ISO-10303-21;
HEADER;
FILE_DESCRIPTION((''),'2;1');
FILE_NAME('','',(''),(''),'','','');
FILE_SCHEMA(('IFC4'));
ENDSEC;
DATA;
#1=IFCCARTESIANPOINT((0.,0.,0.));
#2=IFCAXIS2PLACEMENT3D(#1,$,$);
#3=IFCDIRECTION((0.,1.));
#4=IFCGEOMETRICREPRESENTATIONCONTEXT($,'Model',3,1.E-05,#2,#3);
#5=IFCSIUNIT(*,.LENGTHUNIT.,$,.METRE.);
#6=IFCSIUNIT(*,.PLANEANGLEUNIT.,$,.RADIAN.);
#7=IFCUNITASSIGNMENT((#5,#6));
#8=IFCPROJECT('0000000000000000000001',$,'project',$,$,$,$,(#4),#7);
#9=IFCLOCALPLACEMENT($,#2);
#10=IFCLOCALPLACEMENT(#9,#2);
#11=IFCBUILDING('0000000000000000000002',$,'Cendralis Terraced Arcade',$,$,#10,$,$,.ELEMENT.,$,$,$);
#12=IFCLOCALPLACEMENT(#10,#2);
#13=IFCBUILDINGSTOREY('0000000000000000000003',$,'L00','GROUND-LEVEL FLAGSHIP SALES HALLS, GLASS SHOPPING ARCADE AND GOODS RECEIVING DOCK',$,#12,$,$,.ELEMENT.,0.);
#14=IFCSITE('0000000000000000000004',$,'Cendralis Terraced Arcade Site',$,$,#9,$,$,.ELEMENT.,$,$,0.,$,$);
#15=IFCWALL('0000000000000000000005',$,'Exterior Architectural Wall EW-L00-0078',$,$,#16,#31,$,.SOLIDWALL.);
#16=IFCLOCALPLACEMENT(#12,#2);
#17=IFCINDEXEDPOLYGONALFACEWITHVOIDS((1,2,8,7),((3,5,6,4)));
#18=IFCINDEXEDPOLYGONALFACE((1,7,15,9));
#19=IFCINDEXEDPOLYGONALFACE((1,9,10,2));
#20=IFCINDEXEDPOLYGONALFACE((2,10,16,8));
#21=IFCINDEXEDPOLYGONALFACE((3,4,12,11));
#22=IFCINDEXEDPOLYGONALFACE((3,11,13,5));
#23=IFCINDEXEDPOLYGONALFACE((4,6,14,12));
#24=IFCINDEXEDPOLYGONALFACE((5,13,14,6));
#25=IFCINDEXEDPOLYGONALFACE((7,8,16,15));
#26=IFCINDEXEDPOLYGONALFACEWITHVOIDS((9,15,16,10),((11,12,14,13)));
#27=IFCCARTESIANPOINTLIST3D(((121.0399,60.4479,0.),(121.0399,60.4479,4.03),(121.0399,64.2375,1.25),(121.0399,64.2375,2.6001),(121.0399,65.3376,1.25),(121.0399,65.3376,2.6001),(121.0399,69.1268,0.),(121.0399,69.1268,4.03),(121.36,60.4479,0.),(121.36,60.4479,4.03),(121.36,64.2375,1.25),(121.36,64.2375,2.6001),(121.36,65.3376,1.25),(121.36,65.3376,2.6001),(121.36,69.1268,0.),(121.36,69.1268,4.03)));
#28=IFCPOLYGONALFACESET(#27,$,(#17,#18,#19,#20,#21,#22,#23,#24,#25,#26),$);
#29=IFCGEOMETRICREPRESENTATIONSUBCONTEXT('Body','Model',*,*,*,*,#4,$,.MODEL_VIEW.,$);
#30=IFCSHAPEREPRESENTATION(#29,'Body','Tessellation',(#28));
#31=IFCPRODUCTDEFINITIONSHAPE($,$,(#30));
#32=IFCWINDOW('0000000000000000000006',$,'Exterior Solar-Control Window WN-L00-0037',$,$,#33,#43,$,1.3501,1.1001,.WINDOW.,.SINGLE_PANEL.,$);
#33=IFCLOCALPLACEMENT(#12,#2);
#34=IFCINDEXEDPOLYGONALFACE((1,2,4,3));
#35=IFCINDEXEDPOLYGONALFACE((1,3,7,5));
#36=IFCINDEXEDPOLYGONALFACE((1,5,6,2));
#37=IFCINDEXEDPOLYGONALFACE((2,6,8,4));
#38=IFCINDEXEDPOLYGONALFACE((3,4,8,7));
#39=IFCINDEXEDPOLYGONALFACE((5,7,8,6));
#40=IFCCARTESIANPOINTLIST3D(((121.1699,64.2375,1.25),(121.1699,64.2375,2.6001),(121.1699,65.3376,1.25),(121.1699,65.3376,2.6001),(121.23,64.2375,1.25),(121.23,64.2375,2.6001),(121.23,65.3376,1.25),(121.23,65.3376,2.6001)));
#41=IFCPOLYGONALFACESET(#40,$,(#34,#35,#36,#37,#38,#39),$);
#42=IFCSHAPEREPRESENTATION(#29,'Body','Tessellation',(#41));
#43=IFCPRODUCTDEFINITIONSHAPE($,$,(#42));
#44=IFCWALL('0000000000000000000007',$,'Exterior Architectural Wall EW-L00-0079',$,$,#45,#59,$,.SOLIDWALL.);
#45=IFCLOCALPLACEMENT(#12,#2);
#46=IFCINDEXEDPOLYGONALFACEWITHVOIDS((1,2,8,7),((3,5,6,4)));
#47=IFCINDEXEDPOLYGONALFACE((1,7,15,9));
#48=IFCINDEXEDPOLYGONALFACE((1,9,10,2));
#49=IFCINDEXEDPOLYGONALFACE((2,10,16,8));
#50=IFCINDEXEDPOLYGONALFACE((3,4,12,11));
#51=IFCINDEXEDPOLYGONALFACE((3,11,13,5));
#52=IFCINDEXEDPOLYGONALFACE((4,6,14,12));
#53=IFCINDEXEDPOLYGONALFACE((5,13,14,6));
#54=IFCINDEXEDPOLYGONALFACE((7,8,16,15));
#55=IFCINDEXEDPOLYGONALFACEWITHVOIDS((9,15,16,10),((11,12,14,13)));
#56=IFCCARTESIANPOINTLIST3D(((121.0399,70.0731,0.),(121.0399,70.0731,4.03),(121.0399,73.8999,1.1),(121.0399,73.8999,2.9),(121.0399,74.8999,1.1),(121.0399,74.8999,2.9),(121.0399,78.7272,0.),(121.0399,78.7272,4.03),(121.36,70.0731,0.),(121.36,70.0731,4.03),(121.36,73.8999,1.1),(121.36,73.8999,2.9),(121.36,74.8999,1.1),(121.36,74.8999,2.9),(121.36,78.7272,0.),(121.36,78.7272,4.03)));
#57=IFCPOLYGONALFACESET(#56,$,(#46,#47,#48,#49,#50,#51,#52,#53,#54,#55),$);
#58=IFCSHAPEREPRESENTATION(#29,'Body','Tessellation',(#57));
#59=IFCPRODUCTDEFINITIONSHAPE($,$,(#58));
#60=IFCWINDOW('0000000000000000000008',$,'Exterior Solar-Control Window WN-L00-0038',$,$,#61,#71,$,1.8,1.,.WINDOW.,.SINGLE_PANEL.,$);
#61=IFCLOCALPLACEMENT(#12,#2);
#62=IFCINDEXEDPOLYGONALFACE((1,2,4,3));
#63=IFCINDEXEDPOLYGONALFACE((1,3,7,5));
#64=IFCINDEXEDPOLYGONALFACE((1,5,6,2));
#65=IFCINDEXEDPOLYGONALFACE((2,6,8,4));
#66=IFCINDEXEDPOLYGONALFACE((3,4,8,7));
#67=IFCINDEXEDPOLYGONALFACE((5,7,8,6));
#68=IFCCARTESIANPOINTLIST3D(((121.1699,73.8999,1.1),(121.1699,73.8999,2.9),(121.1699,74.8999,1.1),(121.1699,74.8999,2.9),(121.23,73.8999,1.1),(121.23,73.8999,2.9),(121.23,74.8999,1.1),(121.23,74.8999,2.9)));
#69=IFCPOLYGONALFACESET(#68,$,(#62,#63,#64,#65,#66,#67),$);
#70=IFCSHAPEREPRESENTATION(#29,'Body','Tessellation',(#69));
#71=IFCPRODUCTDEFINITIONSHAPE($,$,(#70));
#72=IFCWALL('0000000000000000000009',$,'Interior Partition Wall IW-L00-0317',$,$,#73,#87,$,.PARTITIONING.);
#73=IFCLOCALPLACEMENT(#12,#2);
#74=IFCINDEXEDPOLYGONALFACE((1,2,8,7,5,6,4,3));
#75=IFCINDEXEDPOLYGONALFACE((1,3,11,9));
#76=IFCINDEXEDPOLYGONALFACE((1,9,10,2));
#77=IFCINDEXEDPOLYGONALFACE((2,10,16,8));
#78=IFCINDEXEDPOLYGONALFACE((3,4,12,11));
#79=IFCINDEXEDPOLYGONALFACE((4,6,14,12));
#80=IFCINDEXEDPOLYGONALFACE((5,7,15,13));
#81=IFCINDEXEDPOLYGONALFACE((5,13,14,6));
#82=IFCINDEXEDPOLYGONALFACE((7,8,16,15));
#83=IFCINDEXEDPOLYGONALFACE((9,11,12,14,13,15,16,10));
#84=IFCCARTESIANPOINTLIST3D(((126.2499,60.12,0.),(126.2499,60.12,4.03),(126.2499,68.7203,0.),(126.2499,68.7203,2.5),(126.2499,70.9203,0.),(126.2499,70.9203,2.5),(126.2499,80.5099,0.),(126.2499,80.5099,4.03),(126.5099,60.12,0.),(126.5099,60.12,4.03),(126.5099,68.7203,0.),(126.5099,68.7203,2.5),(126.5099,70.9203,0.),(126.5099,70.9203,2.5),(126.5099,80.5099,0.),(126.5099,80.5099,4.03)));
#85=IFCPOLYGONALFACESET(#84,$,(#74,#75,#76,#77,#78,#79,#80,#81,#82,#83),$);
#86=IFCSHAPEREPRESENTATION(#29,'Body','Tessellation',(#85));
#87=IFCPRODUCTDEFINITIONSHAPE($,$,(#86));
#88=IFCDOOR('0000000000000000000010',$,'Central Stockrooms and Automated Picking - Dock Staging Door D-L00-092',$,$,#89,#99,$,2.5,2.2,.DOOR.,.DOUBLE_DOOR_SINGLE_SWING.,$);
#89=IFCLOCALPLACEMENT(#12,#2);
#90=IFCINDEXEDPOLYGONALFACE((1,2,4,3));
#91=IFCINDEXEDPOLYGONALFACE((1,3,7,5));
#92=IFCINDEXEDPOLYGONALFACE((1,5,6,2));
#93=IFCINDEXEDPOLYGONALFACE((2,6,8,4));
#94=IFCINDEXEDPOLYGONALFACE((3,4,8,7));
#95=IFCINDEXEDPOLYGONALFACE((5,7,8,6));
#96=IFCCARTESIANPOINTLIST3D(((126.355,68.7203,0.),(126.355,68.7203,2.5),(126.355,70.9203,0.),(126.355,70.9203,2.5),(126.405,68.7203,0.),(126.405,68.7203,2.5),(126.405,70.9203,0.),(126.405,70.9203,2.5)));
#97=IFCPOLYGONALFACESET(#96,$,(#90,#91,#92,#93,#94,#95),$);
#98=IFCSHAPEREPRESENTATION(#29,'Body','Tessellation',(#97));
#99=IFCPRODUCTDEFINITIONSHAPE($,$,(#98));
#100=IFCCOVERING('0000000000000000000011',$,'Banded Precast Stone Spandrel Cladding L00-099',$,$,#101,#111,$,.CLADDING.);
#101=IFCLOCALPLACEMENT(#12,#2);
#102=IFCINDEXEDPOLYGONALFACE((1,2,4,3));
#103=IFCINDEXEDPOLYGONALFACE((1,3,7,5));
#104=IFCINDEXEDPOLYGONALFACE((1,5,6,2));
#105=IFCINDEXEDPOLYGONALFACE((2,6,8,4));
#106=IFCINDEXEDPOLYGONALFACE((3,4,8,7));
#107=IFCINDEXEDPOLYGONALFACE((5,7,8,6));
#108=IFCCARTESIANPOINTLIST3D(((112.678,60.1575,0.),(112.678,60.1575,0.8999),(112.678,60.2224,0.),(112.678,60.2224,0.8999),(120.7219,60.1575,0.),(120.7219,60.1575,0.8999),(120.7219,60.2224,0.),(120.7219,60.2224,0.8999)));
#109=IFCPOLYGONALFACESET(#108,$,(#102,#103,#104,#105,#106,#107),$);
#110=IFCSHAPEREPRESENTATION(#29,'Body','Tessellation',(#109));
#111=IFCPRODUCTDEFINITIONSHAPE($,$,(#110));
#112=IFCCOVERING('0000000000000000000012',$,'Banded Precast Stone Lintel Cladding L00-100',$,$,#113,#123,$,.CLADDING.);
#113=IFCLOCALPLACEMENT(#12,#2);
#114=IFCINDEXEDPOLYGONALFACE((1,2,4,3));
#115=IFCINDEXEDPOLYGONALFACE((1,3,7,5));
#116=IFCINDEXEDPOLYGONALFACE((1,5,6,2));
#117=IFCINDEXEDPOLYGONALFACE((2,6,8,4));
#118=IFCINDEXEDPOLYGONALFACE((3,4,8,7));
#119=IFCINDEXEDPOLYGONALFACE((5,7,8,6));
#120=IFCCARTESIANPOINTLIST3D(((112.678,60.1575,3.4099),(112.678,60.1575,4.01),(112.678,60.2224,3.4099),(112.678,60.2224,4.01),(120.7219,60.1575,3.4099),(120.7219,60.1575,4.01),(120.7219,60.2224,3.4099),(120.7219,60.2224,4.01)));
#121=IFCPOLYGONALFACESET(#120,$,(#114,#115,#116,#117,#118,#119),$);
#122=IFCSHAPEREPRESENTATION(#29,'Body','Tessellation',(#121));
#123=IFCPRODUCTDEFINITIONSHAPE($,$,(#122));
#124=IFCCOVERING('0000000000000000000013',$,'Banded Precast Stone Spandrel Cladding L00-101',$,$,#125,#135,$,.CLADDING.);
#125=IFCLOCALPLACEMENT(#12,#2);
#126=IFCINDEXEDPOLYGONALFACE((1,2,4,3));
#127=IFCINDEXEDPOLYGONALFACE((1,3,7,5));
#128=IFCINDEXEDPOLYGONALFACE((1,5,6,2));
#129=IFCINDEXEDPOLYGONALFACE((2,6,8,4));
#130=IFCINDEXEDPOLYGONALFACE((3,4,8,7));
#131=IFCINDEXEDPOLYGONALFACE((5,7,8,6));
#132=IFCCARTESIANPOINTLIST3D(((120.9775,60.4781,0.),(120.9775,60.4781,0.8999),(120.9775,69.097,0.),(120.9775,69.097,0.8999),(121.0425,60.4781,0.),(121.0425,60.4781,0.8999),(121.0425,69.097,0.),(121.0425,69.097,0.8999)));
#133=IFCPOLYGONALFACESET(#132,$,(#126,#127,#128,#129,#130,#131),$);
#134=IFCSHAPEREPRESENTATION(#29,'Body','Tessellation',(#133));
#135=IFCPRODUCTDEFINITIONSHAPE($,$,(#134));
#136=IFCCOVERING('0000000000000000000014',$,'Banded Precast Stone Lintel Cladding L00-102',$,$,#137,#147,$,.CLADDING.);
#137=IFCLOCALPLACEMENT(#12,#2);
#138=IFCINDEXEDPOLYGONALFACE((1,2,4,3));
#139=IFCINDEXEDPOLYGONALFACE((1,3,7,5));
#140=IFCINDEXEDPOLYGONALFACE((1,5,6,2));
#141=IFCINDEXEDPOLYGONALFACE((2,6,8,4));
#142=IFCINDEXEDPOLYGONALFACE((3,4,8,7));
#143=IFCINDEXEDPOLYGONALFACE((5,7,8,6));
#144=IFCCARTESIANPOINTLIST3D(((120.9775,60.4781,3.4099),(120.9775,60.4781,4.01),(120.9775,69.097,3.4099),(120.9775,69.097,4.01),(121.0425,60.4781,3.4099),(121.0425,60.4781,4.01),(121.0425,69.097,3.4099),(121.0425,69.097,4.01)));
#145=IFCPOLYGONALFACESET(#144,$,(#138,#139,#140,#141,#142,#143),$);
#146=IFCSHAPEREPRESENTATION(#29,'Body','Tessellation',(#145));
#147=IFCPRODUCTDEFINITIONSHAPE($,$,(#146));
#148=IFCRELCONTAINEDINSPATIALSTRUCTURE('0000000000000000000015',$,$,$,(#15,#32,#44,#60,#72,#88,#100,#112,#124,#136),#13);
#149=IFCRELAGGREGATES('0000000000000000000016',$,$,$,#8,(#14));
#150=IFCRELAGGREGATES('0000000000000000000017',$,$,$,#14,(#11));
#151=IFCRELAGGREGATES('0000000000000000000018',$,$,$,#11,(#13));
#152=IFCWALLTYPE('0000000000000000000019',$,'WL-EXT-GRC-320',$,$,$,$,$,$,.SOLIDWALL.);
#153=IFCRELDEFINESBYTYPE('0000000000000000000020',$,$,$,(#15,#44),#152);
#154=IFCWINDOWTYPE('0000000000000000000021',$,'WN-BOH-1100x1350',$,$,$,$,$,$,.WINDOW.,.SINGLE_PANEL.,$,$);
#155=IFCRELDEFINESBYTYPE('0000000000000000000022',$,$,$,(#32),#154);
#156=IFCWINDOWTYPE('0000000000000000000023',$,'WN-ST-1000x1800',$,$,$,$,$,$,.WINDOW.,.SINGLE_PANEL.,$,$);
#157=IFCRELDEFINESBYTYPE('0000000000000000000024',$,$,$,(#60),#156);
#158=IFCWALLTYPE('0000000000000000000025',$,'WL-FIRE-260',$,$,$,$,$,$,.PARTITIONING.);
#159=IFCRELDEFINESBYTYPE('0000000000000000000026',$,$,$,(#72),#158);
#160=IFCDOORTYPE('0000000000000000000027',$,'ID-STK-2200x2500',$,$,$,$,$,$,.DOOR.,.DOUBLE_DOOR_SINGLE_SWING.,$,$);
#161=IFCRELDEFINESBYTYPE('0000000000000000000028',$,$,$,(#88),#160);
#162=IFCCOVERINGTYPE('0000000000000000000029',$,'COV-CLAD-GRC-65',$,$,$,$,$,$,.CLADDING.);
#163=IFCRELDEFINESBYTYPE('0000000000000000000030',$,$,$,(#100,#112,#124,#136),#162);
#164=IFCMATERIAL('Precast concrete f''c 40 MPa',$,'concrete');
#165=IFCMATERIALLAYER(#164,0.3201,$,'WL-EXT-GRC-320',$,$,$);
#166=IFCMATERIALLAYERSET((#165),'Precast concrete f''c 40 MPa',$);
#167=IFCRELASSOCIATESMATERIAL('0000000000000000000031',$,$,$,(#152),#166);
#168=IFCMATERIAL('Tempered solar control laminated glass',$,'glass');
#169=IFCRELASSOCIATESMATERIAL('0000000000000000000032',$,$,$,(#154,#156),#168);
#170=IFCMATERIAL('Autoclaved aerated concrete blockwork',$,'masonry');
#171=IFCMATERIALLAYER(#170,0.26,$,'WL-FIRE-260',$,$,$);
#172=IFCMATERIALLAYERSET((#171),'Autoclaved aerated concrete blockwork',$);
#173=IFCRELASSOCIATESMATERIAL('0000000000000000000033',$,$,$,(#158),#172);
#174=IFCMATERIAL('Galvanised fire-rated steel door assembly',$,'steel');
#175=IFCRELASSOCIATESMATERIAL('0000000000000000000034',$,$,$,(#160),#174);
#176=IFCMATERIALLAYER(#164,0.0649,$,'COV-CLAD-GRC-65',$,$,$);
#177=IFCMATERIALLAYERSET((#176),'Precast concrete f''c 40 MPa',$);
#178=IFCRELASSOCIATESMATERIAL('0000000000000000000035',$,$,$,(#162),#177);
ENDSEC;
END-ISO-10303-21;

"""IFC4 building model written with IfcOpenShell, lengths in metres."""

from ifc_helpers import new_model, si_unit, direction, frame, frame_2d, origin, origin_2d, place, context, subcontext, project, spatial, rectangle, extrude, material, layer, layer_set, type_object, element, fill, save


model = new_model("IFC4")

# Units and contexts
model_context = context("Model", 3, precision=1e-05, world=origin(), true_north=direction((0.0, 1.0)))
body_context = subcontext(model_context, "Body", "Model", "MODEL_VIEW")
ifc_project = project(units=[si_unit("LENGTHUNIT", "METRE"), si_unit("PLANEANGLEUNIT", "RADIAN")], contexts=[model_context])

# Site, building, storey
site_placement = place(None, origin())
site = spatial("IfcSite", under=ifc_project, at=site_placement, Name="Cendralis Terraced Arcade Site", CompositionType="ELEMENT", RefElevation=0.0)
building_placement = place(site_placement, origin())
building = spatial("IfcBuilding", under=site, at=building_placement, Name="Cendralis Terraced Arcade", CompositionType="ELEMENT")
storey_placement = place(building_placement, origin())
storey = spatial("IfcBuildingStorey", under=building, at=storey_placement, Name="L00", Description="GROUND-LEVEL FLAGSHIP SALES HALLS, GLASS SHOPPING ARCADE AND GOODS RECEIVING DOCK", CompositionType="ELEMENT", Elevation=0.0)

# Walls, openings, windows
ifc_material_1 = material(Name="Precast concrete f'c 40 MPa", Category="concrete")
ifc_layer_1 = layer(ifc_material_1, 0.3201, Name="WL-EXT-GRC-320")
ifc_layer_set_1 = layer_set([ifc_layer_1], Name="Precast concrete f'c 40 MPa")
wall_type_1 = type_object("IfcWallType", Name="WL-EXT-GRC-320", PredefinedType="SOLIDWALL", material=ifc_layer_set_1)
ifc_material_2 = material(Name="Tempered solar control laminated glass", Category="glass")
wall_1_placement = place(storey_placement, frame((121.2, 60.448, 0.0), z_axis=(0.0, 0.0, 1.0), x_axis=(0.0, 1.0, 0.0)))
wall_1 = element("IfcWall", 1, at=wall_1_placement, inside=storey, type_object=wall_type_1, Name="Exterior Architectural Wall EW-L00-0078", PredefinedType="SOLIDWALL", context=body_context, shape_type="SweptSolid", body=[
    extrude(rectangle(XDim=8.679, YDim=0.3201, at=frame_2d((4.3394, 0.0))), origin(), (0.0, 0.0, 1.0), 4.03),
])
opening_1_placement = place(wall_1_placement, frame((3.7896, 0.0, 1.25)))
opening_1 = element("IfcOpeningElement", 2, at=opening_1_placement, cuts=wall_1, PredefinedType="OPENING", context=body_context, shape_type="SweptSolid", body=[
    extrude(rectangle(XDim=1.1001, YDim=1.3501, at=frame_2d((0.55, 0.675))), frame((0.0, 0.1719, 0.0), z_axis=(0.0, -1.0, 0.0), x_axis=(1.0, 0.0, 0.0)), (0.0, 0.0, 1.0), 0.344),
])
window_type_1 = type_object("IfcWindowType", Name="WN-BOH-1100x1350", PartitioningType="SINGLE_PANEL", PredefinedType="WINDOW", material=ifc_material_2)
window_1_placement = place(opening_1_placement, origin())
window_1 = element("IfcWindow", 3, at=window_1_placement, inside=storey, type_object=window_type_1, Name="Exterior Solar-Control Window WN-L00-0037", OverallHeight=1.3501, OverallWidth=1.1001, PartitioningType="SINGLE_PANEL", PredefinedType="WINDOW", context=body_context, shape_type="SweptSolid", body=[
    extrude(rectangle(XDim=1.1001, YDim=1.3501, at=frame_2d((0.55, 0.675))), frame((0.0, 0.03, 0.0), z_axis=(0.0, -1.0, 0.0), x_axis=(1.0, 0.0, 0.0)), (0.0, 0.0, 1.0), 0.0601),
])
fill(opening_1, window_1)
wall_2_placement = place(storey_placement, frame((121.2, 70.073, 0.0), z_axis=(0.0, 0.0, 1.0), x_axis=(0.0, 1.0, 0.0)))
wall_2 = element("IfcWall", 4, at=wall_2_placement, inside=storey, type_object=wall_type_1, Name="Exterior Architectural Wall EW-L00-0079", PredefinedType="SOLIDWALL", context=body_context, shape_type="SweptSolid", body=[
    extrude(rectangle(XDim=8.6541, YDim=0.3201, at=frame_2d((4.3271, 0.0))), origin(), (0.0, 0.0, 1.0), 4.03),
])
opening_2_placement = place(wall_2_placement, frame((3.8269, 0.0, 1.1001)))
opening_2 = element("IfcOpeningElement", 5, at=opening_2_placement, cuts=wall_2, PredefinedType="OPENING", context=body_context, shape_type="SweptSolid", body=[
    extrude(rectangle(XDim=1.0, YDim=1.8, at=frame_2d((0.5, 0.8999))), frame((0.0, 0.1719, 0.0), z_axis=(0.0, -1.0, 0.0), x_axis=(1.0, 0.0, 0.0)), (0.0, 0.0, 1.0), 0.344),
])
window_type_2 = type_object("IfcWindowType", Name="WN-ST-1000x1800", PartitioningType="SINGLE_PANEL", PredefinedType="WINDOW", material=ifc_material_2)
window_2_placement = place(opening_2_placement, origin())
window_2 = element("IfcWindow", 6, at=window_2_placement, inside=storey, type_object=window_type_2, Name="Exterior Solar-Control Window WN-L00-0038", OverallHeight=1.8, OverallWidth=1.0, PartitioningType="SINGLE_PANEL", PredefinedType="WINDOW", context=body_context, shape_type="SweptSolid", body=[
    extrude(rectangle(XDim=1.0, YDim=1.8, at=frame_2d((0.5, 0.8999))), frame((0.0, 0.03, 0.0), z_axis=(0.0, -1.0, 0.0), x_axis=(1.0, 0.0, 0.0)), (0.0, 0.0, 1.0), 0.0601),
])
fill(opening_2, window_2)

# Wall, opening, door
ifc_material_3 = material(Name="Autoclaved aerated concrete blockwork", Category="masonry")
ifc_layer_2 = layer(ifc_material_3, 0.26, Name="WL-FIRE-260")
ifc_layer_set_2 = layer_set([ifc_layer_2], Name="Autoclaved aerated concrete blockwork")
wall_type_2 = type_object("IfcWallType", Name="WL-FIRE-260", PredefinedType="PARTITIONING", material=ifc_layer_set_2)
wall_3_placement = place(storey_placement, frame((126.3799, 60.1201, 0.0), z_axis=(0.0, 0.0, 1.0), x_axis=(0.0, 1.0, 0.0)))
wall_3 = element("IfcWall", 7, at=wall_3_placement, inside=storey, type_object=wall_type_2, Name="Interior Partition Wall IW-L00-0317", PredefinedType="PARTITIONING", context=body_context, shape_type="SweptSolid", body=[
    extrude(rectangle(XDim=20.3899, YDim=0.26, at=frame_2d((10.1948, 0.0))), origin(), (0.0, 0.0, 1.0), 4.03),
])
opening_3_placement = place(wall_3_placement, frame((8.6001, 0.0, 0.0)))
opening_3 = element("IfcOpeningElement", 8, at=opening_3_placement, cuts=wall_3, PredefinedType="OPENING", context=body_context, shape_type="SweptSolid", body=[
    extrude(rectangle(XDim=2.2, YDim=2.5, at=frame_2d((1.1001, 1.25))), frame((0.0, 0.1421, 0.0), z_axis=(0.0, -1.0, 0.0), x_axis=(1.0, 0.0, 0.0)), (0.0, 0.0, 1.0), 0.2839),
])
ifc_material_4 = material(Name="Galvanised fire-rated steel door assembly", Category="steel")
door_type = type_object("IfcDoorType", Name="ID-STK-2200x2500", OperationType="DOUBLE_DOOR_SINGLE_SWING", PredefinedType="DOOR", material=ifc_material_4)
door_placement = place(opening_3_placement, origin())
door = element("IfcDoor", 9, at=door_placement, inside=storey, type_object=door_type, Name="Central Stockrooms and Automated Picking - Dock Staging Door D-L00-092", OperationType="DOUBLE_DOOR_SINGLE_SWING", OverallHeight=2.5, OverallWidth=2.2, PredefinedType="DOOR", context=body_context, shape_type="SweptSolid", body=[
    extrude(rectangle(XDim=2.2, YDim=2.5, at=frame_2d((1.1001, 1.25))), frame((0.0, 0.0249, 0.0), z_axis=(0.0, -1.0, 0.0), x_axis=(1.0, 0.0, 0.0)), (0.0, 0.0, 1.0), 0.05),
])
fill(opening_3, door)

# Coverings
ifc_layer_3 = layer(ifc_material_1, 0.0649, Name="COV-CLAD-GRC-65")
ifc_layer_set_3 = layer_set([ifc_layer_3], Name="Precast concrete f'c 40 MPa")
covering_type = type_object("IfcCoveringType", Name="COV-CLAD-GRC-65", PredefinedType="CLADDING", material=ifc_layer_set_3)
covering_1_placement = place(storey_placement, frame((116.7, 60.1899, 0.0), z_axis=(0.0, 0.0, 1.0), x_axis=(1.0, 0.0, 0.0)))
element("IfcCovering", 10, at=covering_1_placement, inside=storey, type_object=covering_type, Name="Banded Precast Stone Spandrel Cladding L00-099", PredefinedType="CLADDING", context=body_context, shape_type="SweptSolid", body=[
    extrude(rectangle(XDim=8.0439, YDim=0.0649, at=origin_2d()), origin(), (0.0, 0.0, 1.0), 0.8999),
])
covering_2_placement = place(storey_placement, frame((116.7, 60.1899, 3.4099), z_axis=(0.0, 0.0, 1.0), x_axis=(1.0, 0.0, 0.0)))
element("IfcCovering", 11, at=covering_2_placement, inside=storey, type_object=covering_type, Name="Banded Precast Stone Lintel Cladding L00-100", PredefinedType="CLADDING", context=body_context, shape_type="SweptSolid", body=[
    extrude(rectangle(XDim=8.0439, YDim=0.0649, at=origin_2d()), origin(), (0.0, 0.0, 1.0), 0.6001),
])
covering_3_placement = place(storey_placement, frame((121.01, 64.7876, 0.0), z_axis=(0.0, 0.0, 1.0), x_axis=(0.0, 1.0, 0.0)))
element("IfcCovering", 12, at=covering_3_placement, inside=storey, type_object=covering_type, Name="Banded Precast Stone Spandrel Cladding L00-101", PredefinedType="CLADDING", context=body_context, shape_type="SweptSolid", body=[
    extrude(rectangle(XDim=8.6189, YDim=0.0649, at=origin_2d()), origin(), (0.0, 0.0, 1.0), 0.8999),
])
covering_4_placement = place(storey_placement, frame((121.01, 64.7876, 3.4099), z_axis=(0.0, 0.0, 1.0), x_axis=(0.0, 1.0, 0.0)))
element("IfcCovering", 13, at=covering_4_placement, inside=storey, type_object=covering_type, Name="Banded Precast Stone Lintel Cladding L00-102", PredefinedType="CLADDING", context=body_context, shape_type="SweptSolid", body=[
    extrude(rectangle(XDim=8.6189, YDim=0.0649, at=origin_2d()), origin(), (0.0, 0.0, 1.0), 0.6001),
])

save(model, "model.ifc")
